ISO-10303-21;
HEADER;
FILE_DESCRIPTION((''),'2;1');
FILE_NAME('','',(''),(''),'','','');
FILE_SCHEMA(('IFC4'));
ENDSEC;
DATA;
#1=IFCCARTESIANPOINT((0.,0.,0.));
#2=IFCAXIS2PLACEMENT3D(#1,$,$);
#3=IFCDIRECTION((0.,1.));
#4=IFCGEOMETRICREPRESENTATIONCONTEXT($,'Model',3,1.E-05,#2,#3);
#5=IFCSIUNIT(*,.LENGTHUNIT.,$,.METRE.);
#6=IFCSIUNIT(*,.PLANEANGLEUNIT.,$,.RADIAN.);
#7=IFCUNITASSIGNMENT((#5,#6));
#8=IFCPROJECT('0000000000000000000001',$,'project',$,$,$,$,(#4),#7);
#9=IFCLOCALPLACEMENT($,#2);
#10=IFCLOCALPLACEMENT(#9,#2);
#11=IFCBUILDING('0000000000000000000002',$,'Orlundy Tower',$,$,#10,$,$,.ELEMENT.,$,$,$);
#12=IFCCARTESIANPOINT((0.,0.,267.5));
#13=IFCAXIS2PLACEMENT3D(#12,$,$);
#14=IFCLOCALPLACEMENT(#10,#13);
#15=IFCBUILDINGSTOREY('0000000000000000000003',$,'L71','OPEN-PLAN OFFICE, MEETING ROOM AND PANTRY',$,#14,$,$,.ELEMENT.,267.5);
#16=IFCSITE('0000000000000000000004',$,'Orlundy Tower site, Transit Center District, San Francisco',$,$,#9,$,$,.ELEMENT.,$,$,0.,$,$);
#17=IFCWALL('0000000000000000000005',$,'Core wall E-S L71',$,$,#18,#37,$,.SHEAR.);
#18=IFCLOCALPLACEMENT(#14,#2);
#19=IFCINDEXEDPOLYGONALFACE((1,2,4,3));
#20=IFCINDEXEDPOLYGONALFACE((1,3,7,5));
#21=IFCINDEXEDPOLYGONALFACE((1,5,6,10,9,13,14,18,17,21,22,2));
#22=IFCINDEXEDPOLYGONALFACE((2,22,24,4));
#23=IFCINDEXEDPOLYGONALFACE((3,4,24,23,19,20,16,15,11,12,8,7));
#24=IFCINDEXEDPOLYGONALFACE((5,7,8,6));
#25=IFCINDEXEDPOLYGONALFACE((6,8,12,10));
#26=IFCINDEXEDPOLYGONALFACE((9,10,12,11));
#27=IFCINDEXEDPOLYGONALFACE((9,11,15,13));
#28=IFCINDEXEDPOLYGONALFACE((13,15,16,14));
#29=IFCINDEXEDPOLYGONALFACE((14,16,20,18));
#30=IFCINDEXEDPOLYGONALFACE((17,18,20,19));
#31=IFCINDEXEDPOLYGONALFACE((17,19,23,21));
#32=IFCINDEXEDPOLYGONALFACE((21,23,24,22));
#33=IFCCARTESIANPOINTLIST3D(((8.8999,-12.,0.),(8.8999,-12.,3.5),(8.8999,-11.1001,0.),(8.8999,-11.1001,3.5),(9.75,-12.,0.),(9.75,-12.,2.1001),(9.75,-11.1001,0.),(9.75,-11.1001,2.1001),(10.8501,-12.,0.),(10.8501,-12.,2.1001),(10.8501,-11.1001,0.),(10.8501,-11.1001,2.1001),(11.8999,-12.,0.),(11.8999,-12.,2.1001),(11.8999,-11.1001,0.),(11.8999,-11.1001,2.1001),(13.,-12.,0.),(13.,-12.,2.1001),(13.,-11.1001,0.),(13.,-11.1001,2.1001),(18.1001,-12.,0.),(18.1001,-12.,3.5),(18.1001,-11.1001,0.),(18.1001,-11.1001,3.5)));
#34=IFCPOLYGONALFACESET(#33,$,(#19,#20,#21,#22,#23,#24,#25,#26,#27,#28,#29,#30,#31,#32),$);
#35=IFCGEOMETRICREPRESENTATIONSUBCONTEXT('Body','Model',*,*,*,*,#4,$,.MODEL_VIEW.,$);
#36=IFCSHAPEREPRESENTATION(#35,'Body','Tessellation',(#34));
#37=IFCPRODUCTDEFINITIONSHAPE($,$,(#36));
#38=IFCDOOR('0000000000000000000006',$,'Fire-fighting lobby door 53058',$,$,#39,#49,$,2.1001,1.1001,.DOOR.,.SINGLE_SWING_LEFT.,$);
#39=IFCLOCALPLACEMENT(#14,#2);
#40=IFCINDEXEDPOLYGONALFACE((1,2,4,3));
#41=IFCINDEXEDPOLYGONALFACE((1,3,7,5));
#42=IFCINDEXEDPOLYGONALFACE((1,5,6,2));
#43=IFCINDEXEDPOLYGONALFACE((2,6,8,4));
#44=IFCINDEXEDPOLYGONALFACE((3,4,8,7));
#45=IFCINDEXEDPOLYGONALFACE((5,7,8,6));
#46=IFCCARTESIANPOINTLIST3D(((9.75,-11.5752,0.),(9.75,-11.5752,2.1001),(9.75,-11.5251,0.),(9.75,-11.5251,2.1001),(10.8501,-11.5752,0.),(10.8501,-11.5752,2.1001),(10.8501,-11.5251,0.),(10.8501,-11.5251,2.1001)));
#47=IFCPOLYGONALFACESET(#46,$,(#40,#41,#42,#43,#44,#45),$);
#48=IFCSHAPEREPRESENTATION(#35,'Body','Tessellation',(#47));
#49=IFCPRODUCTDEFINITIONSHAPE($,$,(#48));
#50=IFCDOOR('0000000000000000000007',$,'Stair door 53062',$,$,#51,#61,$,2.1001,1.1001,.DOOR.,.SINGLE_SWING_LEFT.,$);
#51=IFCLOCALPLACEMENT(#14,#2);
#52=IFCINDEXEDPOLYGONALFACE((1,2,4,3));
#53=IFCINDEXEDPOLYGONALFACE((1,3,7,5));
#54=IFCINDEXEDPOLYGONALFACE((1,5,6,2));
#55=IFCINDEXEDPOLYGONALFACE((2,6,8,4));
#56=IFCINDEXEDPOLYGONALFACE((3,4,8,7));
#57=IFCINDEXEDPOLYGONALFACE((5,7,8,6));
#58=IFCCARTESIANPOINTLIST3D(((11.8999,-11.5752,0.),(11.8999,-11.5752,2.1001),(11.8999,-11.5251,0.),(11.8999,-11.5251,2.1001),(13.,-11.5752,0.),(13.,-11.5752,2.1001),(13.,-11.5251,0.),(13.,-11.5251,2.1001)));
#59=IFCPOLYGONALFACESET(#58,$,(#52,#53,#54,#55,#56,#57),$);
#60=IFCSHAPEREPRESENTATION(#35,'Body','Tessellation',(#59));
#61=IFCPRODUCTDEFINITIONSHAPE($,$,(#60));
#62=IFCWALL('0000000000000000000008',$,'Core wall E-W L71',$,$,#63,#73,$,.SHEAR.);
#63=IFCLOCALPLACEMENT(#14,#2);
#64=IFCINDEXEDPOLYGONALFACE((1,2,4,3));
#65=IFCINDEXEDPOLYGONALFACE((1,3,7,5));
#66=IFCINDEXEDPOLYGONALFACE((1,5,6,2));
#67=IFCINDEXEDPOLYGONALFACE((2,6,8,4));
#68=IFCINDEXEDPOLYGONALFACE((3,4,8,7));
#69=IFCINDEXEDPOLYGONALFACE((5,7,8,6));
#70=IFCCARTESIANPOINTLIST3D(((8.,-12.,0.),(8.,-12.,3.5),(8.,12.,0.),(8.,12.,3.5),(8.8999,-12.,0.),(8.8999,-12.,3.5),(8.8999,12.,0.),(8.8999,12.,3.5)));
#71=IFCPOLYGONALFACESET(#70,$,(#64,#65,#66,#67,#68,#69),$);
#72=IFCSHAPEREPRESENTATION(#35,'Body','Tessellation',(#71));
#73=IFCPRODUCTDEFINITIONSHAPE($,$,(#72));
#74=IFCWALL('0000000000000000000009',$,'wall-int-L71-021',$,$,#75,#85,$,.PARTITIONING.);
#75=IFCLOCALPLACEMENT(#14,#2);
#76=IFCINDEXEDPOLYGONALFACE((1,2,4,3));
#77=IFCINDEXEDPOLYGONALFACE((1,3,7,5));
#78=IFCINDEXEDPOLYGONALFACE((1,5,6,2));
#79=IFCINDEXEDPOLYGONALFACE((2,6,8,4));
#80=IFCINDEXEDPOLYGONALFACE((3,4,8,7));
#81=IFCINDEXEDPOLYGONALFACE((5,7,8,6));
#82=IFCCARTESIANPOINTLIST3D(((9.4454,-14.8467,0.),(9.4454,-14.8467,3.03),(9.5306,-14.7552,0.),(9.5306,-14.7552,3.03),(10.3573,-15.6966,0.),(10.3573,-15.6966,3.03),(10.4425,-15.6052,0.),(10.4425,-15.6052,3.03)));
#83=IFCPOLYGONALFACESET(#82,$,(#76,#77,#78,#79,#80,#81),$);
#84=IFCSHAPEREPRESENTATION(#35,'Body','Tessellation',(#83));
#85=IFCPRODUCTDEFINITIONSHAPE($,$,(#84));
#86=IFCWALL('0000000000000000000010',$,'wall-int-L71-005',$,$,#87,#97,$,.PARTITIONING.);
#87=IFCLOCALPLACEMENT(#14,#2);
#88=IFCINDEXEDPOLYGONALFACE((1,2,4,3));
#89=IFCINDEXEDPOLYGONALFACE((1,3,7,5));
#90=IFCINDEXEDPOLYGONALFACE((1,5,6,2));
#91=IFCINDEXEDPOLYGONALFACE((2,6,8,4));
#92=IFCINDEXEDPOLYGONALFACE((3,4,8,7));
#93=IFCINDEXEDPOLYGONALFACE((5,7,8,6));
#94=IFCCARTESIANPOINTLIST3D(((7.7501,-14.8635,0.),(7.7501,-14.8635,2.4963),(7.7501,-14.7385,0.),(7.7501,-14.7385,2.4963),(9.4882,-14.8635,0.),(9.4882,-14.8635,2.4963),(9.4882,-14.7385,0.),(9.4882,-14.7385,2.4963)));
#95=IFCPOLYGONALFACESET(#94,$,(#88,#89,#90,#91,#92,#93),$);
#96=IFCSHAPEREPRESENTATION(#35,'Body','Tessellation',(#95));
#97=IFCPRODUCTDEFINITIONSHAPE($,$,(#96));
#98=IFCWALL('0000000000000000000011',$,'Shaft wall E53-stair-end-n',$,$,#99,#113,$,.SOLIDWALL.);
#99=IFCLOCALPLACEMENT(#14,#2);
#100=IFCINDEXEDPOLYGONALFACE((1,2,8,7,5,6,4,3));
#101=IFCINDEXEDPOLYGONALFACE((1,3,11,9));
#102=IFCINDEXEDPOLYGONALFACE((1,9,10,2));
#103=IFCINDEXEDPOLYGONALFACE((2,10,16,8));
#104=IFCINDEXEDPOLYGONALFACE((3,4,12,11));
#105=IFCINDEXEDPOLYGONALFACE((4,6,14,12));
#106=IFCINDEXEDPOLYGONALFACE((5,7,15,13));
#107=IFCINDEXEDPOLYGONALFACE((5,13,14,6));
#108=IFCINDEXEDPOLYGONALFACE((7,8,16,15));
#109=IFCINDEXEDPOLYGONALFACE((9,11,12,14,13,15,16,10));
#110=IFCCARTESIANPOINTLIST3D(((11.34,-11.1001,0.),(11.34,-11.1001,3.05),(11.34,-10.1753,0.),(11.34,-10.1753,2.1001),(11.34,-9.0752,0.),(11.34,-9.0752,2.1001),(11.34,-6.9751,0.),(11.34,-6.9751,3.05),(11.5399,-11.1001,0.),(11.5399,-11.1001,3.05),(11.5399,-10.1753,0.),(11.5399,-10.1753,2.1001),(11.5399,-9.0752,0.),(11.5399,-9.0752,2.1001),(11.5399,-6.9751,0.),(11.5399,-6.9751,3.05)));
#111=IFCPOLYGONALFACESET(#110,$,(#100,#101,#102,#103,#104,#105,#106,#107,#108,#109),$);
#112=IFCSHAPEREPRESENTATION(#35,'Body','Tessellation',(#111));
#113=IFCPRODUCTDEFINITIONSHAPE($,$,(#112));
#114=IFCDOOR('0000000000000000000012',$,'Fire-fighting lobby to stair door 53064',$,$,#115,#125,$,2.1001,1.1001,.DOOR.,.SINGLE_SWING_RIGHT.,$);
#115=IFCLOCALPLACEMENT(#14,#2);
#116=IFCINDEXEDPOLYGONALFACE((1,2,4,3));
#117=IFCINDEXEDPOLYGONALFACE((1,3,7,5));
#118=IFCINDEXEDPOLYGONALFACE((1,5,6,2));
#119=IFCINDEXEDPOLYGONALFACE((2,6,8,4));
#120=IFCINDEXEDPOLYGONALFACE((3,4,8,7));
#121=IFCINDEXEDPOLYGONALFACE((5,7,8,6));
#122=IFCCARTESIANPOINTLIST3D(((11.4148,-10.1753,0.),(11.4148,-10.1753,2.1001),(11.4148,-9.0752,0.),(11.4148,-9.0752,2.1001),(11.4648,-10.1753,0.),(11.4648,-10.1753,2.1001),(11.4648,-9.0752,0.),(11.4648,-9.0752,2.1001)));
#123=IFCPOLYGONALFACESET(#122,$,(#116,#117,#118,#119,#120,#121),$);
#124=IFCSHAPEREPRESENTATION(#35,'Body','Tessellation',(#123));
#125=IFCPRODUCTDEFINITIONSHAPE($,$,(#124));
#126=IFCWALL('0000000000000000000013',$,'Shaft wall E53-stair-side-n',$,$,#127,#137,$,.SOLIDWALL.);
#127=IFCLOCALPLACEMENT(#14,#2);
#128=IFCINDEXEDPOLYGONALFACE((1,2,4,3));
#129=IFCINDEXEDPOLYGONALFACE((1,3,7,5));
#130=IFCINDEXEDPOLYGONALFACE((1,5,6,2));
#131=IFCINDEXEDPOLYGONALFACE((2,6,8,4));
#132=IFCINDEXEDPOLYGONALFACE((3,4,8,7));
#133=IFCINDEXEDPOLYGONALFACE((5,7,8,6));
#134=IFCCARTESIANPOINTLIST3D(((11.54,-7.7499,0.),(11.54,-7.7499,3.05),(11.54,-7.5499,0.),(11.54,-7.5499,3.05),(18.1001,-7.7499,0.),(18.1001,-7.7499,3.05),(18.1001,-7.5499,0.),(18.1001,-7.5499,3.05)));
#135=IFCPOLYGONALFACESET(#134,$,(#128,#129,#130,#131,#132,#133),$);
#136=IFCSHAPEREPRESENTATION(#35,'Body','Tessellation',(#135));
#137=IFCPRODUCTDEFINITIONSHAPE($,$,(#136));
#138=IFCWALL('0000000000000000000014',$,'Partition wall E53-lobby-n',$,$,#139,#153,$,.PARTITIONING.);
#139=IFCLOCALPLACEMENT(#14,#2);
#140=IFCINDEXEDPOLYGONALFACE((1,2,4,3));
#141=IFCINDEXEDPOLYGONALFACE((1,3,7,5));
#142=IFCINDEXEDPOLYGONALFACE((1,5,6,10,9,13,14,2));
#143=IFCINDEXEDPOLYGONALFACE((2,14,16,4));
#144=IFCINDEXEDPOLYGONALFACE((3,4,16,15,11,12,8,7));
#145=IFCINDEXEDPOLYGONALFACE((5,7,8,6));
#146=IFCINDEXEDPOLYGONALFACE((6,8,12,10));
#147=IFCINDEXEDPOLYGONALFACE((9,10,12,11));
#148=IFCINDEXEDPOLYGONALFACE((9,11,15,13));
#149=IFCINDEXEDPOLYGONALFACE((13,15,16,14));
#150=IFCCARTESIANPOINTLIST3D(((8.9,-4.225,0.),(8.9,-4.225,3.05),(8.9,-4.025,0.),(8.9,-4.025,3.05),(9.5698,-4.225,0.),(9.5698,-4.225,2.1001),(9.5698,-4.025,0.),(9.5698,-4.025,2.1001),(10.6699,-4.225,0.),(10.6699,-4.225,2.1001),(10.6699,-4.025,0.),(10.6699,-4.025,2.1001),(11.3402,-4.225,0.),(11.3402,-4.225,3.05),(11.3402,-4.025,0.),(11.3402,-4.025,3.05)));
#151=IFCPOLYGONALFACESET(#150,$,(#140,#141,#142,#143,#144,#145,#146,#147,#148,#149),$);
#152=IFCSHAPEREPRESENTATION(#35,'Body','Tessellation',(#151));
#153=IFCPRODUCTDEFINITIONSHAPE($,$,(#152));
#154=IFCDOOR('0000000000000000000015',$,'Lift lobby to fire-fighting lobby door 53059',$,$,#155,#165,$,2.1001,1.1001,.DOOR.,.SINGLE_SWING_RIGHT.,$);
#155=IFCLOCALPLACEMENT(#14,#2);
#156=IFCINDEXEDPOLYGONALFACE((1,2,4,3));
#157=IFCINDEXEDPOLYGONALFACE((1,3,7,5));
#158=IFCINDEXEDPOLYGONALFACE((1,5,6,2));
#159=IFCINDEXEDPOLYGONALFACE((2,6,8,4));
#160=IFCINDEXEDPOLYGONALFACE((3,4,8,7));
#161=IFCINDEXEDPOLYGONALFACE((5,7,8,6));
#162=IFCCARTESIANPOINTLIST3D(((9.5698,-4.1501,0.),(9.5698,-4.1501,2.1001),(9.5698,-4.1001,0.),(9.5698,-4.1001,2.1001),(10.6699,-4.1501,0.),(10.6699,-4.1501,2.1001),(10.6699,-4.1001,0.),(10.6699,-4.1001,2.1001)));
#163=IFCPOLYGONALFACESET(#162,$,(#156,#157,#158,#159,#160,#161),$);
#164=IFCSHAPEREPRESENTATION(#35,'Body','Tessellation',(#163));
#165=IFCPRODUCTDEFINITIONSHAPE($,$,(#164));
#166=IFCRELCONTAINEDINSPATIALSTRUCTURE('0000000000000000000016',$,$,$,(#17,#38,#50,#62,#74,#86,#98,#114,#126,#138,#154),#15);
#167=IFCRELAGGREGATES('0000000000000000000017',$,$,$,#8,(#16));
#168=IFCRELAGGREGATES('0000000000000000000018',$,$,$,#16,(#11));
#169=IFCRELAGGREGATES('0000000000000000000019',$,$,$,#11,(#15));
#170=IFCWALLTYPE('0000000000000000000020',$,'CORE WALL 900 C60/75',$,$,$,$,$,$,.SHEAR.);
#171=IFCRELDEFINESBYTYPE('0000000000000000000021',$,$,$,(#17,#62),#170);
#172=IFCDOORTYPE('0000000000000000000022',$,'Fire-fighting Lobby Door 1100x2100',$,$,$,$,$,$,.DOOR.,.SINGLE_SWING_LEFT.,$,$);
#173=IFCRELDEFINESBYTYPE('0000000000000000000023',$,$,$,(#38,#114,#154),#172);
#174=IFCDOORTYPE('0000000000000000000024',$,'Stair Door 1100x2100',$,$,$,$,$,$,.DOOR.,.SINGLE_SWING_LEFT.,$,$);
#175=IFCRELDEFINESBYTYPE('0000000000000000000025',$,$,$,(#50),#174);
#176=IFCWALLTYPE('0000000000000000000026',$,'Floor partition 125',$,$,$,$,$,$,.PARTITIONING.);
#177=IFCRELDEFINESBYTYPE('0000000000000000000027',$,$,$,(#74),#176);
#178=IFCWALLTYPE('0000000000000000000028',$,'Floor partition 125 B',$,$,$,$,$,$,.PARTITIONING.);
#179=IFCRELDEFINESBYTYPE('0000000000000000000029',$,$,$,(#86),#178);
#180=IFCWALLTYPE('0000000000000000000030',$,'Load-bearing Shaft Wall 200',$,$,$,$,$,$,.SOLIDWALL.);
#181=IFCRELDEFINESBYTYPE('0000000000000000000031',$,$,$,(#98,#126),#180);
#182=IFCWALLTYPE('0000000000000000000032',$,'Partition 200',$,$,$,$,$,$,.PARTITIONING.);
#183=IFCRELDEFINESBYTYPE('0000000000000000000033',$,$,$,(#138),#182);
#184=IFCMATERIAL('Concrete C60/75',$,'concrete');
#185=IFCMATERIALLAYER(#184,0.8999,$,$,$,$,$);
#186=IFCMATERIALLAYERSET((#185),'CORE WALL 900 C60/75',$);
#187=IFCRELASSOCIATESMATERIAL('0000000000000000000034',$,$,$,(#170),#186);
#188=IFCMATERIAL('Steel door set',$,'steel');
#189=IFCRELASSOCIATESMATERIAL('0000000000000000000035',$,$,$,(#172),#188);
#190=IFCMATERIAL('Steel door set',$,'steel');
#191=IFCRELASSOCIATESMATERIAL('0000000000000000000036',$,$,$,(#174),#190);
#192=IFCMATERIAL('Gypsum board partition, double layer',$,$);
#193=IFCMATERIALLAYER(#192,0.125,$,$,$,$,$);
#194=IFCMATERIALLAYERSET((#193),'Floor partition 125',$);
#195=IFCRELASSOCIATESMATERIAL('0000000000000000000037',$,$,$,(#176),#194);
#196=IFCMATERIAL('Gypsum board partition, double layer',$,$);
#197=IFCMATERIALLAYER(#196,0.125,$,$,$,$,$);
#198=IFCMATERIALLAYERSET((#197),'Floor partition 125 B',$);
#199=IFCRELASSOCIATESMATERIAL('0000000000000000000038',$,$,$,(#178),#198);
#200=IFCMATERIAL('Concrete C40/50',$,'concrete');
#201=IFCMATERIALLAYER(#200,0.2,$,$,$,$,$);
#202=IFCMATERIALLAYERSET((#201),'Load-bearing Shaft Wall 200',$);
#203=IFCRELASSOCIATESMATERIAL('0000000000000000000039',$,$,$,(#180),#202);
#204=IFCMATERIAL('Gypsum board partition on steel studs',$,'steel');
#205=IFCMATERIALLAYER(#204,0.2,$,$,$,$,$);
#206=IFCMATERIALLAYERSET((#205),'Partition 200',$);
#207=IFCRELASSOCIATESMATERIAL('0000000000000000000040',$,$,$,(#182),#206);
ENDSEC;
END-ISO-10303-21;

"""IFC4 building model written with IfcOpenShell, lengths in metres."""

from ifc_helpers import new_model, si_unit, direction, frame, frame_2d, origin, place, context, subcontext, project, spatial, rectangle, extrude, material, layer, layer_set, type_object, element, fill, save


model = new_model("IFC4")

# Units and contexts
model_context = context("Model", 3, precision=1e-05, world=origin(), true_north=direction((0.0, 1.0)))
body_context = subcontext(model_context, "Body", "Model", "MODEL_VIEW")
ifc_project = project(units=[si_unit("LENGTHUNIT", "METRE"), si_unit("PLANEANGLEUNIT", "RADIAN")], contexts=[model_context])

# Site, building, storey
site_placement = place(None, origin())
site = spatial("IfcSite", under=ifc_project, at=site_placement, Name="Orlundy Tower site, Transit Center District, San Francisco", CompositionType="ELEMENT", RefElevation=0.0)
building_placement = place(site_placement, origin())
building = spatial("IfcBuilding", under=site, at=building_placement, Name="Orlundy Tower", CompositionType="ELEMENT")
storey_placement = place(building_placement, frame((0.0, 0.0, 267.5)))
storey = spatial("IfcBuildingStorey", under=building, at=storey_placement, Name="L71", Description="OPEN-PLAN OFFICE, MEETING ROOM AND PANTRY", CompositionType="ELEMENT", Elevation=267.5)

# Wall, openings, doors
ifc_material_1 = material(Name="Concrete C60/75", Category="concrete")
ifc_layer_1 = layer(ifc_material_1, 0.8999)
ifc_layer_set_1 = layer_set([ifc_layer_1], Name="CORE WALL 900 C60/75")
wall_type_1 = type_object("IfcWallType", Name="CORE WALL 900 C60/75", PredefinedType="SHEAR", material=ifc_layer_set_1)
wall_1_placement = place(storey_placement, frame((8.8999, -11.55, 0.0), z_axis=(0.0, 0.0, 1.0), x_axis=(1.0, 0.0, 0.0)))
wall_1 = element("IfcWall", 1, at=wall_1_placement, inside=storey, type_object=wall_type_1, Name="Core wall E-S L71", PredefinedType="SHEAR", context=body_context, shape_type="SweptSolid", body=[
    extrude(rectangle(XDim=9.2002, YDim=0.8999, at=frame_2d((4.6001, 0.0))), origin(), (0.0, 0.0, 1.0), 3.5),
])
opening_1_placement = place(wall_1_placement, frame((0.8501, 0.0, 0.0)))
opening_1 = element("IfcOpeningElement", 2, at=opening_1_placement, cuts=wall_1, PredefinedType="OPENING", context=body_context, shape_type="SweptSolid", body=[
    extrude(rectangle(XDim=1.1001, YDim=2.1001, at=frame_2d((0.55, 1.05))), frame((0.0, 0.46, 0.0), z_axis=(0.0, -1.0, 0.0), x_axis=(1.0, 0.0, 0.0)), (0.0, 0.0, 1.0), 0.9199),
])
opening_2_placement = place(wall_1_placement, frame((3.0, 0.0, 0.0)))
opening_2 = element("IfcOpeningElement", 3, at=opening_2_placement, cuts=wall_1, PredefinedType="OPENING", context=body_context, shape_type="SweptSolid", body=[
    extrude(rectangle(XDim=1.1001, YDim=2.1001, at=frame_2d((0.55, 1.05))), frame((0.0, 0.46, 0.0), z_axis=(0.0, -1.0, 0.0), x_axis=(1.0, 0.0, 0.0)), (0.0, 0.0, 1.0), 0.9199),
])
ifc_material_2 = material(Name="Steel door set", Category="steel")
door_type_1 = type_object("IfcDoorType", Name="Fire-fighting Lobby Door 1100x2100", OperationType="SINGLE_SWING_LEFT", PredefinedType="DOOR", material=ifc_material_2)
door_1_placement = place(opening_1_placement, origin())
door_1 = element("IfcDoor", 4, at=door_1_placement, inside=storey, type_object=door_type_1, Name="Fire-fighting lobby door 53058", OperationType="SINGLE_SWING_LEFT", OverallHeight=2.1001, OverallWidth=1.1001, PredefinedType="DOOR", context=body_context, shape_type="SweptSolid", body=[
    extrude(rectangle(XDim=1.1001, YDim=2.1001, at=frame_2d((0.55, 1.05))), frame((0.0, 0.0249, 0.0), z_axis=(0.0, -1.0, 0.0), x_axis=(1.0, 0.0, 0.0)), (0.0, 0.0, 1.0), 0.05),
])
fill(opening_1, door_1)
ifc_material_3 = material(Name="Steel door set", Category="steel")
door_type_2 = type_object("IfcDoorType", Name="Stair Door 1100x2100", OperationType="SINGLE_SWING_LEFT", PredefinedType="DOOR", material=ifc_material_3)
door_2_placement = place(opening_2_placement, origin())
door_2 = element("IfcDoor", 5, at=door_2_placement, inside=storey, type_object=door_type_2, Name="Stair door 53062", OperationType="SINGLE_SWING_LEFT", OverallHeight=2.1001, OverallWidth=1.1001, PredefinedType="DOOR", context=body_context, shape_type="SweptSolid", body=[
    extrude(rectangle(XDim=1.1001, YDim=2.1001, at=frame_2d((0.55, 1.05))), frame((0.0, 0.0249, 0.0), z_axis=(0.0, -1.0, 0.0), x_axis=(1.0, 0.0, 0.0)), (0.0, 0.0, 1.0), 0.05),
])
fill(opening_2, door_2)

# Walls
wall_2_placement = place(storey_placement, frame((8.45, -12.0, 0.0), z_axis=(0.0, 0.0, 1.0), x_axis=(0.0, 1.0, 0.0)))
element("IfcWall", 6, at=wall_2_placement, inside=storey, type_object=wall_type_1, Name="Core wall E-W L71", PredefinedType="SHEAR", context=body_context, shape_type="SweptSolid", body=[
    extrude(rectangle(XDim=24.0, YDim=0.8999, at=frame_2d((12.0, 0.0))), origin(), (0.0, 0.0, 1.0), 3.5),
])
ifc_material_4 = material(Name="Gypsum board partition, double layer")
ifc_layer_2 = layer(ifc_material_4, 0.125)
ifc_layer_set_2 = layer_set([ifc_layer_2], Name="Floor partition 125")
wall_type_2 = type_object("IfcWallType", Name="Floor partition 125", PredefinedType="PARTITIONING", material=ifc_layer_set_2)
wall_3_placement = place(storey_placement, frame((10.3999, -15.6509, 0.0), z_axis=(0.0, 0.0, 1.0), x_axis=(-0.731544, 0.681795, 0.0)))
element("IfcWall", 7, at=wall_3_placement, inside=storey, type_object=wall_type_2, Name="wall-int-L71-021", PredefinedType="PARTITIONING", context=body_context, shape_type="SweptSolid", body=[
    extrude(rectangle(XDim=1.2466, YDim=0.125, at=frame_2d((0.6233, 0.0))), origin(), (0.0, 0.0, 1.0), 3.03),
])
ifc_material_5 = material(Name="Gypsum board partition, double layer")
ifc_layer_3 = layer(ifc_material_5, 0.125)
ifc_layer_set_3 = layer_set([ifc_layer_3], Name="Floor partition 125 B")
wall_type_3 = type_object("IfcWallType", Name="Floor partition 125 B", PredefinedType="PARTITIONING", material=ifc_layer_set_3)
wall_4_placement = place(storey_placement, frame((7.75, -14.801, 0.0), z_axis=(0.0, 0.0, 1.0), x_axis=(1.0, 0.0, 0.0)))
element("IfcWall", 8, at=wall_4_placement, inside=storey, type_object=wall_type_3, Name="wall-int-L71-005", PredefinedType="PARTITIONING", context=body_context, shape_type="SweptSolid", body=[
    extrude(rectangle(XDim=1.738, YDim=0.125, at=frame_2d((0.8691, 0.0))), origin(), (0.0, 0.0, 1.0), 2.4963),
])

# Wall, opening, door
ifc_material_6 = material(Name="Concrete C40/50", Category="concrete")
ifc_layer_4 = layer(ifc_material_6, 0.2)
ifc_layer_set_4 = layer_set([ifc_layer_4], Name="Load-bearing Shaft Wall 200")
wall_type_4 = type_object("IfcWallType", Name="Load-bearing Shaft Wall 200", PredefinedType="SOLIDWALL", material=ifc_layer_set_4)
wall_5_placement = place(storey_placement, frame((11.4399, -6.9751, 0.0), z_axis=(0.0, 0.0, 1.0), x_axis=(0.0, -1.0, 0.0)))
wall_5 = element("IfcWall", 9, at=wall_5_placement, inside=storey, type_object=wall_type_4, Name="Shaft wall E53-stair-end-n", PredefinedType="SOLIDWALL", context=body_context, shape_type="SweptSolid", body=[
    extrude(rectangle(XDim=4.125, YDim=0.2, at=frame_2d((2.0625, 0.0))), origin(), (0.0, 0.0, 1.0), 3.05),
])
opening_3_placement = place(wall_5_placement, frame((2.1001, 0.0, 0.0)))
opening_3 = element("IfcOpeningElement", 10, at=opening_3_placement, cuts=wall_5, PredefinedType="OPENING", context=body_context, shape_type="SweptSolid", body=[
    extrude(rectangle(XDim=1.1001, YDim=2.1001, at=frame_2d((0.55, 1.05))), frame((0.0, 0.1101, 0.0), z_axis=(0.0, -1.0, 0.0), x_axis=(1.0, 0.0, 0.0)), (0.0, 0.0, 1.0), 0.2202),
])
door_3_placement = place(opening_3_placement, origin())
door_3 = element("IfcDoor", 11, at=door_3_placement, inside=storey, type_object=door_type_1, Name="Fire-fighting lobby to stair door 53064", OperationType="SINGLE_SWING_RIGHT", OverallHeight=2.1001, OverallWidth=1.1001, PredefinedType="DOOR", context=body_context, shape_type="SweptSolid", body=[
    extrude(rectangle(XDim=1.1001, YDim=2.1001, at=frame_2d((0.55, 1.05))), frame((0.0, 0.0249, 0.0), z_axis=(0.0, -1.0, 0.0), x_axis=(1.0, 0.0, 0.0)), (0.0, 0.0, 1.0), 0.05),
])
fill(opening_3, door_3)

# Wall
wall_6_placement = place(storey_placement, frame((11.54, -7.6499, 0.0), z_axis=(0.0, 0.0, 1.0), x_axis=(1.0, 0.0, 0.0)))
element("IfcWall", 12, at=wall_6_placement, inside=storey, type_object=wall_type_4, Name="Shaft wall E53-stair-side-n", PredefinedType="SOLIDWALL", context=body_context, shape_type="SweptSolid", body=[
    extrude(rectangle(XDim=6.5601, YDim=0.2, at=frame_2d((3.28, 0.0))), origin(), (0.0, 0.0, 1.0), 3.05),
])

# Wall, opening, door
ifc_material_7 = material(Name="Gypsum board partition on steel studs", Category="steel")
ifc_layer_5 = layer(ifc_material_7, 0.2)
ifc_layer_set_5 = layer_set([ifc_layer_5], Name="Partition 200")
wall_type_5 = type_object("IfcWallType", Name="Partition 200", PredefinedType="PARTITIONING", material=ifc_layer_set_5)
wall_7_placement = place(storey_placement, frame((8.8999, -4.125, 0.0), z_axis=(0.0, 0.0, 1.0), x_axis=(1.0, 0.0, 0.0)))
wall_7 = element("IfcWall", 13, at=wall_7_placement, inside=storey, type_object=wall_type_5, Name="Partition wall E53-lobby-n", PredefinedType="PARTITIONING", context=body_context, shape_type="SweptSolid", body=[
    extrude(rectangle(XDim=2.4402, YDim=0.2, at=frame_2d((1.2202, 0.0))), origin(), (0.0, 0.0, 1.0), 3.05),
])
opening_4_placement = place(wall_7_placement, frame((0.6699, 0.0, 0.0)))
opening_4 = element("IfcOpeningElement", 14, at=opening_4_placement, cuts=wall_7, PredefinedType="OPENING", context=body_context, shape_type="SweptSolid", body=[
    extrude(rectangle(XDim=1.1001, YDim=2.1001, at=frame_2d((0.55, 1.05))), frame((0.0, 0.1101, 0.0), z_axis=(0.0, -1.0, 0.0), x_axis=(1.0, 0.0, 0.0)), (0.0, 0.0, 1.0), 0.2202),
])
door_4_placement = place(opening_4_placement, origin())
door_4 = element("IfcDoor", 15, at=door_4_placement, inside=storey, type_object=door_type_1, Name="Lift lobby to fire-fighting lobby door 53059", OperationType="SINGLE_SWING_RIGHT", OverallHeight=2.1001, OverallWidth=1.1001, PredefinedType="DOOR", context=body_context, shape_type="SweptSolid", body=[
    extrude(rectangle(XDim=1.1001, YDim=2.1001, at=frame_2d((0.55, 1.05))), frame((0.0, 0.0249, 0.0), z_axis=(0.0, -1.0, 0.0), x_axis=(1.0, 0.0, 0.0)), (0.0, 0.0, 1.0), 0.05),
])
fill(opening_4, door_4)

save(model, "model.ifc")
